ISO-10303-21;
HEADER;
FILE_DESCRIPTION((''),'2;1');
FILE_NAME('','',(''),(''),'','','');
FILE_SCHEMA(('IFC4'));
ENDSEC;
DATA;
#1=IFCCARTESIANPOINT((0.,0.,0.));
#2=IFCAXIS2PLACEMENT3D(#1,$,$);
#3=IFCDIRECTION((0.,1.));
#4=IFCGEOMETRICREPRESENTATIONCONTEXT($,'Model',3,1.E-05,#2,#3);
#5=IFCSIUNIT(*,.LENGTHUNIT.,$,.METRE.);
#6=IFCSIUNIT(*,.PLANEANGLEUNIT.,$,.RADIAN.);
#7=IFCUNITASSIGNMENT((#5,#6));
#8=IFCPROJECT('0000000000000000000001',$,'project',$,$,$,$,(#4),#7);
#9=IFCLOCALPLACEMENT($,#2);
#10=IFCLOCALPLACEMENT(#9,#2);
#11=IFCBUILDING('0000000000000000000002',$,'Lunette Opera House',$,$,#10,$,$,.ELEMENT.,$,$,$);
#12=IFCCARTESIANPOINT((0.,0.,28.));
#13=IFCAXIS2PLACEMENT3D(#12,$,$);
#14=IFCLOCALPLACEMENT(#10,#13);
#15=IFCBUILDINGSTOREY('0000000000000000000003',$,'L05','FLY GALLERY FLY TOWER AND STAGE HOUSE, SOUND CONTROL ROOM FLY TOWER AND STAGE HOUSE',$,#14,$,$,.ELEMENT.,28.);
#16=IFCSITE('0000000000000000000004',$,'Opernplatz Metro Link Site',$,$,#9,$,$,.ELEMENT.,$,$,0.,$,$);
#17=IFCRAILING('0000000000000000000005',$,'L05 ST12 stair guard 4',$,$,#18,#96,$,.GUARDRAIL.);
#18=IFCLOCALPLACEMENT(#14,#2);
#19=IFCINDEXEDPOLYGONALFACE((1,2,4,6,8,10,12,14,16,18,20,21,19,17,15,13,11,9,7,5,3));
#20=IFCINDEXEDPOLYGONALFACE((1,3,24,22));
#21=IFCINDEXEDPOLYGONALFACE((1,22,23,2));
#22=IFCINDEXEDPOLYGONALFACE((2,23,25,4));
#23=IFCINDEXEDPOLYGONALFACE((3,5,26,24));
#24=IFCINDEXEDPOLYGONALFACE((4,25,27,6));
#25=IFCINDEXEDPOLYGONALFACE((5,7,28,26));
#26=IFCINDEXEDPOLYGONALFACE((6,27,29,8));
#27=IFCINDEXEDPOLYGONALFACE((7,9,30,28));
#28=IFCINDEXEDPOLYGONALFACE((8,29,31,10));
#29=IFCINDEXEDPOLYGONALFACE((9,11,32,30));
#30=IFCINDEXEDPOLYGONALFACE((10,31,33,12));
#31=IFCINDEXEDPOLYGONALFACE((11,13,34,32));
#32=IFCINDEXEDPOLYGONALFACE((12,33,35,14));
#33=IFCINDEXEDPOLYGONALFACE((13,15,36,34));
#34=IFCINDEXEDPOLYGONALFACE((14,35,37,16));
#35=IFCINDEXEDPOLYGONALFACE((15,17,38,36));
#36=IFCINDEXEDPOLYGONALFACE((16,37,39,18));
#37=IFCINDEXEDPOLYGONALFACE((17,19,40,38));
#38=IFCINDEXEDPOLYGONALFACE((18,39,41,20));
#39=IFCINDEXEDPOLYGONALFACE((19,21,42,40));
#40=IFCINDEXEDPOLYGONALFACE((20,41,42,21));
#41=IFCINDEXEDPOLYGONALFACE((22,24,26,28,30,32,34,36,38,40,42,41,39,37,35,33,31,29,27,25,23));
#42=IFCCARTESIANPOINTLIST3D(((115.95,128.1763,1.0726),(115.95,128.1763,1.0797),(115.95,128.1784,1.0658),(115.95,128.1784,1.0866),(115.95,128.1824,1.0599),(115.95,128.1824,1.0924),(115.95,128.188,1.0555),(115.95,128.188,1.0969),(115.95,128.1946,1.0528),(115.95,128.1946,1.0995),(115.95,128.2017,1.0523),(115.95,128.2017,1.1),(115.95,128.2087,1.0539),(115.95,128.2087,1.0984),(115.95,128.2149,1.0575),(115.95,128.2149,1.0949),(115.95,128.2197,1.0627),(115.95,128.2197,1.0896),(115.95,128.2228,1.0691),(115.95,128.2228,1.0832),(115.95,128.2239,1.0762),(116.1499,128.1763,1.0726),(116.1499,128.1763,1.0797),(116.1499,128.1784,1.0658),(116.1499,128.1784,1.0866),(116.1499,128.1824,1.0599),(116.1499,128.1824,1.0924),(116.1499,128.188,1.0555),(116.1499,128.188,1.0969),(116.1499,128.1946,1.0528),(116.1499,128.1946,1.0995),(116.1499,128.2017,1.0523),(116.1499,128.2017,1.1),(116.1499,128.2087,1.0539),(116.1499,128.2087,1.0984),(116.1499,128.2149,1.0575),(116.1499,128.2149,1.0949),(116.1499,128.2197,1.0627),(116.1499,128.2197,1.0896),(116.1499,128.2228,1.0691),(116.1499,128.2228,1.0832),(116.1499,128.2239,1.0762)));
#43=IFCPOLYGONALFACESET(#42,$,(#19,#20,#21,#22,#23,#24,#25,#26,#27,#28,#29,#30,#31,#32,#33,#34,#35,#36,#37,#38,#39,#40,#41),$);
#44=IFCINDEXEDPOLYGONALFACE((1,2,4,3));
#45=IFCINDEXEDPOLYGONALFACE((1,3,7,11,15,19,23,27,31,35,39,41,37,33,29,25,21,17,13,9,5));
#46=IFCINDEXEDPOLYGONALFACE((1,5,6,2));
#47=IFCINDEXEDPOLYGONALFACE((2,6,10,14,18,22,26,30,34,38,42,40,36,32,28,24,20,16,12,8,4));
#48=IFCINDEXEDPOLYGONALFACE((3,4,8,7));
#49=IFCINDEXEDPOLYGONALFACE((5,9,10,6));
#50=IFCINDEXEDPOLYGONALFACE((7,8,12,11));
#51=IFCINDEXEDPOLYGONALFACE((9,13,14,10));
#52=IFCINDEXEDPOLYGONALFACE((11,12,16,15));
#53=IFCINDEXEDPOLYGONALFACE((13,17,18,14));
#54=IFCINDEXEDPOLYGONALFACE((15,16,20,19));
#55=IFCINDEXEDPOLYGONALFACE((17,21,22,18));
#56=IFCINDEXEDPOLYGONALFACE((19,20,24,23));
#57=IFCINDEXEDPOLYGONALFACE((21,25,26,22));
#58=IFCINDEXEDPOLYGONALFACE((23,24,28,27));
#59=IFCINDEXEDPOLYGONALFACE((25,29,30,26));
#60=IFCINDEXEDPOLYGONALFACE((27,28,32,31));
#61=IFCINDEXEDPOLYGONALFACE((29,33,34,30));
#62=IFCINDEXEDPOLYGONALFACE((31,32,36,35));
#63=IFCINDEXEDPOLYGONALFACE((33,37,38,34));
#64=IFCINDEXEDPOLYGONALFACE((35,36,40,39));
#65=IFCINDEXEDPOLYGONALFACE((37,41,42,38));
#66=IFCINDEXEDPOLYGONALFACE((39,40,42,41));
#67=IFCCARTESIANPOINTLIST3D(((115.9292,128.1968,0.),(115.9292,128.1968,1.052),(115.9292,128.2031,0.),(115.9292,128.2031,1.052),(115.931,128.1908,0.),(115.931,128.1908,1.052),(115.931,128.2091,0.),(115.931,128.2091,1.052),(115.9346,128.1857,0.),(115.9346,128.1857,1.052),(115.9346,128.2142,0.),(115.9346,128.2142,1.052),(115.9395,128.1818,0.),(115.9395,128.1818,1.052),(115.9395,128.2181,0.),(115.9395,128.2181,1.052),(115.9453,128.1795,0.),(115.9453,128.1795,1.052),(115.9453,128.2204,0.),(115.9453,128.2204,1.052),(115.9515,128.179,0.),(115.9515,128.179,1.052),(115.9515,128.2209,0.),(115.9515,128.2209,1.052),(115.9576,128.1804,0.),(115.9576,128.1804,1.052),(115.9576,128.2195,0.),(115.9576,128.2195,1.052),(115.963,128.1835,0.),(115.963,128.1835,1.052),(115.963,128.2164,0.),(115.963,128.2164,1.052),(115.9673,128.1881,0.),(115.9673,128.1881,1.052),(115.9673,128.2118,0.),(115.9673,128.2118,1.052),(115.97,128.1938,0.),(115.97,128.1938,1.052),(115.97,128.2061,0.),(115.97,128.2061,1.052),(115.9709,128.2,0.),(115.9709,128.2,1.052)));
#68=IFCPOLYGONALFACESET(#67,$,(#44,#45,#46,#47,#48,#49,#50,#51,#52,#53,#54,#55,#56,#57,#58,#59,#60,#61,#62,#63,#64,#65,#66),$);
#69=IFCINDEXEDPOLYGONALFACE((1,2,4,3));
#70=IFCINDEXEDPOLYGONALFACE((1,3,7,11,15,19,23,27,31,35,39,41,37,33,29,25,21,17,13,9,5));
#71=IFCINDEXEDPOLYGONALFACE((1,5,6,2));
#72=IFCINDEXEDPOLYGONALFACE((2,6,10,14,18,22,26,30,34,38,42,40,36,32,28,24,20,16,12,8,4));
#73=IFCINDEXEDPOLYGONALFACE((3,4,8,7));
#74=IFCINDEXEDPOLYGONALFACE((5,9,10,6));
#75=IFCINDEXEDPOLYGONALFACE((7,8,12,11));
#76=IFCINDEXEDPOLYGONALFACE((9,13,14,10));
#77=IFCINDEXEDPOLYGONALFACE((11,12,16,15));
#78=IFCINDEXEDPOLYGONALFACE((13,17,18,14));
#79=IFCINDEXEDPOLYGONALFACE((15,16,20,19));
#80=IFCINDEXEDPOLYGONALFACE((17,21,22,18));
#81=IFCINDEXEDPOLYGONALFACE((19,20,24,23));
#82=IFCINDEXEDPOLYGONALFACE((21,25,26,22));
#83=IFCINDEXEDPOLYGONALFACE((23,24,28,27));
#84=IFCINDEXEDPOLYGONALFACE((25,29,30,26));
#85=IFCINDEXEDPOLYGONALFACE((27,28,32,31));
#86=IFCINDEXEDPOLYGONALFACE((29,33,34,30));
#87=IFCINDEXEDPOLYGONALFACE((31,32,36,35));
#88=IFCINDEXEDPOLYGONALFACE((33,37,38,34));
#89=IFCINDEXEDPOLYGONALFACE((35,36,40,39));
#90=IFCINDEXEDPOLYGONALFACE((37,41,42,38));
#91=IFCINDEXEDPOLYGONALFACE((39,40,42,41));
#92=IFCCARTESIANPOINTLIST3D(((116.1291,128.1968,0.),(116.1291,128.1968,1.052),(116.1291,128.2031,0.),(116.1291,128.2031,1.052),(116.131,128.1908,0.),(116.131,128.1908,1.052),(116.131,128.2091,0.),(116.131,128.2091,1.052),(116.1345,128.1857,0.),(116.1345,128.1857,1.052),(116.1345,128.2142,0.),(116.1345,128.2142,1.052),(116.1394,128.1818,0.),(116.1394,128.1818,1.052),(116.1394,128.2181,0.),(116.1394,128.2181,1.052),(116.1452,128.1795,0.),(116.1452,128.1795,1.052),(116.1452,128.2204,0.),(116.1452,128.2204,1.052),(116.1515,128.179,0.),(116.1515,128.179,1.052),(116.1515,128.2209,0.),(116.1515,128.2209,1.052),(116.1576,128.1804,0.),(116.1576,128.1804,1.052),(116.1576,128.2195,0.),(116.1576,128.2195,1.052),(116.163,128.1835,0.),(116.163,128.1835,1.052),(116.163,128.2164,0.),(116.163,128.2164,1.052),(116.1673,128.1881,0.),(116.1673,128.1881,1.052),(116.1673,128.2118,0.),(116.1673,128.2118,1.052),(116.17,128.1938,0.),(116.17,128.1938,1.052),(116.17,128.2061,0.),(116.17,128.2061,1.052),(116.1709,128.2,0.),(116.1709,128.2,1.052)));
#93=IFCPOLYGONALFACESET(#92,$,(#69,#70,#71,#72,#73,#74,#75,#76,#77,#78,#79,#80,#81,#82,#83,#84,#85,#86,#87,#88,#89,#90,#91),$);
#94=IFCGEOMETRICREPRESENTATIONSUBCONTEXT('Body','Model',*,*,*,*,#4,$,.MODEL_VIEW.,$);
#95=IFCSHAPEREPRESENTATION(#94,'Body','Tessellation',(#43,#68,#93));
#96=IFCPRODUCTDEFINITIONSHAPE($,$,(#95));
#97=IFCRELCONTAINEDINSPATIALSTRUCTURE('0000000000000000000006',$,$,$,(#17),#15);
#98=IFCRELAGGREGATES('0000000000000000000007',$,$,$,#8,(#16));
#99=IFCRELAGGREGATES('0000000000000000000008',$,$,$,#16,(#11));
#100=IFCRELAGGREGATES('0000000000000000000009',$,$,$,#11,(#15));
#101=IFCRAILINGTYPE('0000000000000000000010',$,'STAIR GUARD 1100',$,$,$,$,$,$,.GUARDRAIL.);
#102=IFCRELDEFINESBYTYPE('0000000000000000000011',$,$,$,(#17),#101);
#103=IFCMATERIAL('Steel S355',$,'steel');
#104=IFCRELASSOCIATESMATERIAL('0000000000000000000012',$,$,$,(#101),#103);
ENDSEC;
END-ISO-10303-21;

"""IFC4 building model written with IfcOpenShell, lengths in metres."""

from ifc_helpers import new_model, si_unit, direction, frame, origin, origin_2d, place, context, subcontext, project, spatial, circle, extrude, material, type_object, element, save


model = new_model("IFC4")

# Units and contexts
model_context = context("Model", 3, precision=1e-05, world=origin(), true_north=direction((0.0, 1.0)))
body_context = subcontext(model_context, "Body", "Model", "MODEL_VIEW")
ifc_project = project(units=[si_unit("LENGTHUNIT", "METRE"), si_unit("PLANEANGLEUNIT", "RADIAN")], contexts=[model_context])

# Site, building, storey
site_placement = place(None, origin())
site = spatial("IfcSite", under=ifc_project, at=site_placement, Name="Opernplatz Metro Link Site", CompositionType="ELEMENT", RefElevation=0.0)
building_placement = place(site_placement, origin())
building = spatial("IfcBuilding", under=site, at=building_placement, Name="Lunette Opera House", CompositionType="ELEMENT")
storey_placement = place(building_placement, frame((0.0, 0.0, 28.0)))
storey = spatial("IfcBuildingStorey", under=building, at=storey_placement, Name="L05", Description="FLY GALLERY FLY TOWER AND STAGE HOUSE, SOUND CONTROL ROOM FLY TOWER AND STAGE HOUSE", CompositionType="ELEMENT", Elevation=28.0)

# Railing
ifc_material_1 = material(Name="Steel S355", Category="steel")
railing_type_1 = type_object("IfcRailingType", Name="STAIR GUARD 1100", PredefinedType="GUARDRAIL", material=ifc_material_1)
railing_1_placement = place(storey_placement, frame((115.95, 128.2, 0.0)))
element("IfcRailing", 1, at=railing_1_placement, inside=storey, type_object=railing_type_1, Name="L05 ST12 stair guard 4", PredefinedType="GUARDRAIL", context=body_context, shape_type="SweptSolid", body=[
    extrude(circle(Radius=0.0239, at=origin_2d()), frame((0.0, 0.0, 1.0762), z_axis=(1.0, 0.0, 0.0), x_axis=(0.0, 1.0, 0.0)), (0.0, 0.0, 1.0), 0.2),
    extrude(circle(Radius=0.021, at=origin_2d()), origin(), (0.0, 0.0, 1.0), 1.052),
    extrude(circle(Radius=0.021, at=origin_2d()), frame((0.2, 0.0, 0.0)), (0.0, 0.0, 1.0), 1.052),
])

save(model, "model.ifc")
